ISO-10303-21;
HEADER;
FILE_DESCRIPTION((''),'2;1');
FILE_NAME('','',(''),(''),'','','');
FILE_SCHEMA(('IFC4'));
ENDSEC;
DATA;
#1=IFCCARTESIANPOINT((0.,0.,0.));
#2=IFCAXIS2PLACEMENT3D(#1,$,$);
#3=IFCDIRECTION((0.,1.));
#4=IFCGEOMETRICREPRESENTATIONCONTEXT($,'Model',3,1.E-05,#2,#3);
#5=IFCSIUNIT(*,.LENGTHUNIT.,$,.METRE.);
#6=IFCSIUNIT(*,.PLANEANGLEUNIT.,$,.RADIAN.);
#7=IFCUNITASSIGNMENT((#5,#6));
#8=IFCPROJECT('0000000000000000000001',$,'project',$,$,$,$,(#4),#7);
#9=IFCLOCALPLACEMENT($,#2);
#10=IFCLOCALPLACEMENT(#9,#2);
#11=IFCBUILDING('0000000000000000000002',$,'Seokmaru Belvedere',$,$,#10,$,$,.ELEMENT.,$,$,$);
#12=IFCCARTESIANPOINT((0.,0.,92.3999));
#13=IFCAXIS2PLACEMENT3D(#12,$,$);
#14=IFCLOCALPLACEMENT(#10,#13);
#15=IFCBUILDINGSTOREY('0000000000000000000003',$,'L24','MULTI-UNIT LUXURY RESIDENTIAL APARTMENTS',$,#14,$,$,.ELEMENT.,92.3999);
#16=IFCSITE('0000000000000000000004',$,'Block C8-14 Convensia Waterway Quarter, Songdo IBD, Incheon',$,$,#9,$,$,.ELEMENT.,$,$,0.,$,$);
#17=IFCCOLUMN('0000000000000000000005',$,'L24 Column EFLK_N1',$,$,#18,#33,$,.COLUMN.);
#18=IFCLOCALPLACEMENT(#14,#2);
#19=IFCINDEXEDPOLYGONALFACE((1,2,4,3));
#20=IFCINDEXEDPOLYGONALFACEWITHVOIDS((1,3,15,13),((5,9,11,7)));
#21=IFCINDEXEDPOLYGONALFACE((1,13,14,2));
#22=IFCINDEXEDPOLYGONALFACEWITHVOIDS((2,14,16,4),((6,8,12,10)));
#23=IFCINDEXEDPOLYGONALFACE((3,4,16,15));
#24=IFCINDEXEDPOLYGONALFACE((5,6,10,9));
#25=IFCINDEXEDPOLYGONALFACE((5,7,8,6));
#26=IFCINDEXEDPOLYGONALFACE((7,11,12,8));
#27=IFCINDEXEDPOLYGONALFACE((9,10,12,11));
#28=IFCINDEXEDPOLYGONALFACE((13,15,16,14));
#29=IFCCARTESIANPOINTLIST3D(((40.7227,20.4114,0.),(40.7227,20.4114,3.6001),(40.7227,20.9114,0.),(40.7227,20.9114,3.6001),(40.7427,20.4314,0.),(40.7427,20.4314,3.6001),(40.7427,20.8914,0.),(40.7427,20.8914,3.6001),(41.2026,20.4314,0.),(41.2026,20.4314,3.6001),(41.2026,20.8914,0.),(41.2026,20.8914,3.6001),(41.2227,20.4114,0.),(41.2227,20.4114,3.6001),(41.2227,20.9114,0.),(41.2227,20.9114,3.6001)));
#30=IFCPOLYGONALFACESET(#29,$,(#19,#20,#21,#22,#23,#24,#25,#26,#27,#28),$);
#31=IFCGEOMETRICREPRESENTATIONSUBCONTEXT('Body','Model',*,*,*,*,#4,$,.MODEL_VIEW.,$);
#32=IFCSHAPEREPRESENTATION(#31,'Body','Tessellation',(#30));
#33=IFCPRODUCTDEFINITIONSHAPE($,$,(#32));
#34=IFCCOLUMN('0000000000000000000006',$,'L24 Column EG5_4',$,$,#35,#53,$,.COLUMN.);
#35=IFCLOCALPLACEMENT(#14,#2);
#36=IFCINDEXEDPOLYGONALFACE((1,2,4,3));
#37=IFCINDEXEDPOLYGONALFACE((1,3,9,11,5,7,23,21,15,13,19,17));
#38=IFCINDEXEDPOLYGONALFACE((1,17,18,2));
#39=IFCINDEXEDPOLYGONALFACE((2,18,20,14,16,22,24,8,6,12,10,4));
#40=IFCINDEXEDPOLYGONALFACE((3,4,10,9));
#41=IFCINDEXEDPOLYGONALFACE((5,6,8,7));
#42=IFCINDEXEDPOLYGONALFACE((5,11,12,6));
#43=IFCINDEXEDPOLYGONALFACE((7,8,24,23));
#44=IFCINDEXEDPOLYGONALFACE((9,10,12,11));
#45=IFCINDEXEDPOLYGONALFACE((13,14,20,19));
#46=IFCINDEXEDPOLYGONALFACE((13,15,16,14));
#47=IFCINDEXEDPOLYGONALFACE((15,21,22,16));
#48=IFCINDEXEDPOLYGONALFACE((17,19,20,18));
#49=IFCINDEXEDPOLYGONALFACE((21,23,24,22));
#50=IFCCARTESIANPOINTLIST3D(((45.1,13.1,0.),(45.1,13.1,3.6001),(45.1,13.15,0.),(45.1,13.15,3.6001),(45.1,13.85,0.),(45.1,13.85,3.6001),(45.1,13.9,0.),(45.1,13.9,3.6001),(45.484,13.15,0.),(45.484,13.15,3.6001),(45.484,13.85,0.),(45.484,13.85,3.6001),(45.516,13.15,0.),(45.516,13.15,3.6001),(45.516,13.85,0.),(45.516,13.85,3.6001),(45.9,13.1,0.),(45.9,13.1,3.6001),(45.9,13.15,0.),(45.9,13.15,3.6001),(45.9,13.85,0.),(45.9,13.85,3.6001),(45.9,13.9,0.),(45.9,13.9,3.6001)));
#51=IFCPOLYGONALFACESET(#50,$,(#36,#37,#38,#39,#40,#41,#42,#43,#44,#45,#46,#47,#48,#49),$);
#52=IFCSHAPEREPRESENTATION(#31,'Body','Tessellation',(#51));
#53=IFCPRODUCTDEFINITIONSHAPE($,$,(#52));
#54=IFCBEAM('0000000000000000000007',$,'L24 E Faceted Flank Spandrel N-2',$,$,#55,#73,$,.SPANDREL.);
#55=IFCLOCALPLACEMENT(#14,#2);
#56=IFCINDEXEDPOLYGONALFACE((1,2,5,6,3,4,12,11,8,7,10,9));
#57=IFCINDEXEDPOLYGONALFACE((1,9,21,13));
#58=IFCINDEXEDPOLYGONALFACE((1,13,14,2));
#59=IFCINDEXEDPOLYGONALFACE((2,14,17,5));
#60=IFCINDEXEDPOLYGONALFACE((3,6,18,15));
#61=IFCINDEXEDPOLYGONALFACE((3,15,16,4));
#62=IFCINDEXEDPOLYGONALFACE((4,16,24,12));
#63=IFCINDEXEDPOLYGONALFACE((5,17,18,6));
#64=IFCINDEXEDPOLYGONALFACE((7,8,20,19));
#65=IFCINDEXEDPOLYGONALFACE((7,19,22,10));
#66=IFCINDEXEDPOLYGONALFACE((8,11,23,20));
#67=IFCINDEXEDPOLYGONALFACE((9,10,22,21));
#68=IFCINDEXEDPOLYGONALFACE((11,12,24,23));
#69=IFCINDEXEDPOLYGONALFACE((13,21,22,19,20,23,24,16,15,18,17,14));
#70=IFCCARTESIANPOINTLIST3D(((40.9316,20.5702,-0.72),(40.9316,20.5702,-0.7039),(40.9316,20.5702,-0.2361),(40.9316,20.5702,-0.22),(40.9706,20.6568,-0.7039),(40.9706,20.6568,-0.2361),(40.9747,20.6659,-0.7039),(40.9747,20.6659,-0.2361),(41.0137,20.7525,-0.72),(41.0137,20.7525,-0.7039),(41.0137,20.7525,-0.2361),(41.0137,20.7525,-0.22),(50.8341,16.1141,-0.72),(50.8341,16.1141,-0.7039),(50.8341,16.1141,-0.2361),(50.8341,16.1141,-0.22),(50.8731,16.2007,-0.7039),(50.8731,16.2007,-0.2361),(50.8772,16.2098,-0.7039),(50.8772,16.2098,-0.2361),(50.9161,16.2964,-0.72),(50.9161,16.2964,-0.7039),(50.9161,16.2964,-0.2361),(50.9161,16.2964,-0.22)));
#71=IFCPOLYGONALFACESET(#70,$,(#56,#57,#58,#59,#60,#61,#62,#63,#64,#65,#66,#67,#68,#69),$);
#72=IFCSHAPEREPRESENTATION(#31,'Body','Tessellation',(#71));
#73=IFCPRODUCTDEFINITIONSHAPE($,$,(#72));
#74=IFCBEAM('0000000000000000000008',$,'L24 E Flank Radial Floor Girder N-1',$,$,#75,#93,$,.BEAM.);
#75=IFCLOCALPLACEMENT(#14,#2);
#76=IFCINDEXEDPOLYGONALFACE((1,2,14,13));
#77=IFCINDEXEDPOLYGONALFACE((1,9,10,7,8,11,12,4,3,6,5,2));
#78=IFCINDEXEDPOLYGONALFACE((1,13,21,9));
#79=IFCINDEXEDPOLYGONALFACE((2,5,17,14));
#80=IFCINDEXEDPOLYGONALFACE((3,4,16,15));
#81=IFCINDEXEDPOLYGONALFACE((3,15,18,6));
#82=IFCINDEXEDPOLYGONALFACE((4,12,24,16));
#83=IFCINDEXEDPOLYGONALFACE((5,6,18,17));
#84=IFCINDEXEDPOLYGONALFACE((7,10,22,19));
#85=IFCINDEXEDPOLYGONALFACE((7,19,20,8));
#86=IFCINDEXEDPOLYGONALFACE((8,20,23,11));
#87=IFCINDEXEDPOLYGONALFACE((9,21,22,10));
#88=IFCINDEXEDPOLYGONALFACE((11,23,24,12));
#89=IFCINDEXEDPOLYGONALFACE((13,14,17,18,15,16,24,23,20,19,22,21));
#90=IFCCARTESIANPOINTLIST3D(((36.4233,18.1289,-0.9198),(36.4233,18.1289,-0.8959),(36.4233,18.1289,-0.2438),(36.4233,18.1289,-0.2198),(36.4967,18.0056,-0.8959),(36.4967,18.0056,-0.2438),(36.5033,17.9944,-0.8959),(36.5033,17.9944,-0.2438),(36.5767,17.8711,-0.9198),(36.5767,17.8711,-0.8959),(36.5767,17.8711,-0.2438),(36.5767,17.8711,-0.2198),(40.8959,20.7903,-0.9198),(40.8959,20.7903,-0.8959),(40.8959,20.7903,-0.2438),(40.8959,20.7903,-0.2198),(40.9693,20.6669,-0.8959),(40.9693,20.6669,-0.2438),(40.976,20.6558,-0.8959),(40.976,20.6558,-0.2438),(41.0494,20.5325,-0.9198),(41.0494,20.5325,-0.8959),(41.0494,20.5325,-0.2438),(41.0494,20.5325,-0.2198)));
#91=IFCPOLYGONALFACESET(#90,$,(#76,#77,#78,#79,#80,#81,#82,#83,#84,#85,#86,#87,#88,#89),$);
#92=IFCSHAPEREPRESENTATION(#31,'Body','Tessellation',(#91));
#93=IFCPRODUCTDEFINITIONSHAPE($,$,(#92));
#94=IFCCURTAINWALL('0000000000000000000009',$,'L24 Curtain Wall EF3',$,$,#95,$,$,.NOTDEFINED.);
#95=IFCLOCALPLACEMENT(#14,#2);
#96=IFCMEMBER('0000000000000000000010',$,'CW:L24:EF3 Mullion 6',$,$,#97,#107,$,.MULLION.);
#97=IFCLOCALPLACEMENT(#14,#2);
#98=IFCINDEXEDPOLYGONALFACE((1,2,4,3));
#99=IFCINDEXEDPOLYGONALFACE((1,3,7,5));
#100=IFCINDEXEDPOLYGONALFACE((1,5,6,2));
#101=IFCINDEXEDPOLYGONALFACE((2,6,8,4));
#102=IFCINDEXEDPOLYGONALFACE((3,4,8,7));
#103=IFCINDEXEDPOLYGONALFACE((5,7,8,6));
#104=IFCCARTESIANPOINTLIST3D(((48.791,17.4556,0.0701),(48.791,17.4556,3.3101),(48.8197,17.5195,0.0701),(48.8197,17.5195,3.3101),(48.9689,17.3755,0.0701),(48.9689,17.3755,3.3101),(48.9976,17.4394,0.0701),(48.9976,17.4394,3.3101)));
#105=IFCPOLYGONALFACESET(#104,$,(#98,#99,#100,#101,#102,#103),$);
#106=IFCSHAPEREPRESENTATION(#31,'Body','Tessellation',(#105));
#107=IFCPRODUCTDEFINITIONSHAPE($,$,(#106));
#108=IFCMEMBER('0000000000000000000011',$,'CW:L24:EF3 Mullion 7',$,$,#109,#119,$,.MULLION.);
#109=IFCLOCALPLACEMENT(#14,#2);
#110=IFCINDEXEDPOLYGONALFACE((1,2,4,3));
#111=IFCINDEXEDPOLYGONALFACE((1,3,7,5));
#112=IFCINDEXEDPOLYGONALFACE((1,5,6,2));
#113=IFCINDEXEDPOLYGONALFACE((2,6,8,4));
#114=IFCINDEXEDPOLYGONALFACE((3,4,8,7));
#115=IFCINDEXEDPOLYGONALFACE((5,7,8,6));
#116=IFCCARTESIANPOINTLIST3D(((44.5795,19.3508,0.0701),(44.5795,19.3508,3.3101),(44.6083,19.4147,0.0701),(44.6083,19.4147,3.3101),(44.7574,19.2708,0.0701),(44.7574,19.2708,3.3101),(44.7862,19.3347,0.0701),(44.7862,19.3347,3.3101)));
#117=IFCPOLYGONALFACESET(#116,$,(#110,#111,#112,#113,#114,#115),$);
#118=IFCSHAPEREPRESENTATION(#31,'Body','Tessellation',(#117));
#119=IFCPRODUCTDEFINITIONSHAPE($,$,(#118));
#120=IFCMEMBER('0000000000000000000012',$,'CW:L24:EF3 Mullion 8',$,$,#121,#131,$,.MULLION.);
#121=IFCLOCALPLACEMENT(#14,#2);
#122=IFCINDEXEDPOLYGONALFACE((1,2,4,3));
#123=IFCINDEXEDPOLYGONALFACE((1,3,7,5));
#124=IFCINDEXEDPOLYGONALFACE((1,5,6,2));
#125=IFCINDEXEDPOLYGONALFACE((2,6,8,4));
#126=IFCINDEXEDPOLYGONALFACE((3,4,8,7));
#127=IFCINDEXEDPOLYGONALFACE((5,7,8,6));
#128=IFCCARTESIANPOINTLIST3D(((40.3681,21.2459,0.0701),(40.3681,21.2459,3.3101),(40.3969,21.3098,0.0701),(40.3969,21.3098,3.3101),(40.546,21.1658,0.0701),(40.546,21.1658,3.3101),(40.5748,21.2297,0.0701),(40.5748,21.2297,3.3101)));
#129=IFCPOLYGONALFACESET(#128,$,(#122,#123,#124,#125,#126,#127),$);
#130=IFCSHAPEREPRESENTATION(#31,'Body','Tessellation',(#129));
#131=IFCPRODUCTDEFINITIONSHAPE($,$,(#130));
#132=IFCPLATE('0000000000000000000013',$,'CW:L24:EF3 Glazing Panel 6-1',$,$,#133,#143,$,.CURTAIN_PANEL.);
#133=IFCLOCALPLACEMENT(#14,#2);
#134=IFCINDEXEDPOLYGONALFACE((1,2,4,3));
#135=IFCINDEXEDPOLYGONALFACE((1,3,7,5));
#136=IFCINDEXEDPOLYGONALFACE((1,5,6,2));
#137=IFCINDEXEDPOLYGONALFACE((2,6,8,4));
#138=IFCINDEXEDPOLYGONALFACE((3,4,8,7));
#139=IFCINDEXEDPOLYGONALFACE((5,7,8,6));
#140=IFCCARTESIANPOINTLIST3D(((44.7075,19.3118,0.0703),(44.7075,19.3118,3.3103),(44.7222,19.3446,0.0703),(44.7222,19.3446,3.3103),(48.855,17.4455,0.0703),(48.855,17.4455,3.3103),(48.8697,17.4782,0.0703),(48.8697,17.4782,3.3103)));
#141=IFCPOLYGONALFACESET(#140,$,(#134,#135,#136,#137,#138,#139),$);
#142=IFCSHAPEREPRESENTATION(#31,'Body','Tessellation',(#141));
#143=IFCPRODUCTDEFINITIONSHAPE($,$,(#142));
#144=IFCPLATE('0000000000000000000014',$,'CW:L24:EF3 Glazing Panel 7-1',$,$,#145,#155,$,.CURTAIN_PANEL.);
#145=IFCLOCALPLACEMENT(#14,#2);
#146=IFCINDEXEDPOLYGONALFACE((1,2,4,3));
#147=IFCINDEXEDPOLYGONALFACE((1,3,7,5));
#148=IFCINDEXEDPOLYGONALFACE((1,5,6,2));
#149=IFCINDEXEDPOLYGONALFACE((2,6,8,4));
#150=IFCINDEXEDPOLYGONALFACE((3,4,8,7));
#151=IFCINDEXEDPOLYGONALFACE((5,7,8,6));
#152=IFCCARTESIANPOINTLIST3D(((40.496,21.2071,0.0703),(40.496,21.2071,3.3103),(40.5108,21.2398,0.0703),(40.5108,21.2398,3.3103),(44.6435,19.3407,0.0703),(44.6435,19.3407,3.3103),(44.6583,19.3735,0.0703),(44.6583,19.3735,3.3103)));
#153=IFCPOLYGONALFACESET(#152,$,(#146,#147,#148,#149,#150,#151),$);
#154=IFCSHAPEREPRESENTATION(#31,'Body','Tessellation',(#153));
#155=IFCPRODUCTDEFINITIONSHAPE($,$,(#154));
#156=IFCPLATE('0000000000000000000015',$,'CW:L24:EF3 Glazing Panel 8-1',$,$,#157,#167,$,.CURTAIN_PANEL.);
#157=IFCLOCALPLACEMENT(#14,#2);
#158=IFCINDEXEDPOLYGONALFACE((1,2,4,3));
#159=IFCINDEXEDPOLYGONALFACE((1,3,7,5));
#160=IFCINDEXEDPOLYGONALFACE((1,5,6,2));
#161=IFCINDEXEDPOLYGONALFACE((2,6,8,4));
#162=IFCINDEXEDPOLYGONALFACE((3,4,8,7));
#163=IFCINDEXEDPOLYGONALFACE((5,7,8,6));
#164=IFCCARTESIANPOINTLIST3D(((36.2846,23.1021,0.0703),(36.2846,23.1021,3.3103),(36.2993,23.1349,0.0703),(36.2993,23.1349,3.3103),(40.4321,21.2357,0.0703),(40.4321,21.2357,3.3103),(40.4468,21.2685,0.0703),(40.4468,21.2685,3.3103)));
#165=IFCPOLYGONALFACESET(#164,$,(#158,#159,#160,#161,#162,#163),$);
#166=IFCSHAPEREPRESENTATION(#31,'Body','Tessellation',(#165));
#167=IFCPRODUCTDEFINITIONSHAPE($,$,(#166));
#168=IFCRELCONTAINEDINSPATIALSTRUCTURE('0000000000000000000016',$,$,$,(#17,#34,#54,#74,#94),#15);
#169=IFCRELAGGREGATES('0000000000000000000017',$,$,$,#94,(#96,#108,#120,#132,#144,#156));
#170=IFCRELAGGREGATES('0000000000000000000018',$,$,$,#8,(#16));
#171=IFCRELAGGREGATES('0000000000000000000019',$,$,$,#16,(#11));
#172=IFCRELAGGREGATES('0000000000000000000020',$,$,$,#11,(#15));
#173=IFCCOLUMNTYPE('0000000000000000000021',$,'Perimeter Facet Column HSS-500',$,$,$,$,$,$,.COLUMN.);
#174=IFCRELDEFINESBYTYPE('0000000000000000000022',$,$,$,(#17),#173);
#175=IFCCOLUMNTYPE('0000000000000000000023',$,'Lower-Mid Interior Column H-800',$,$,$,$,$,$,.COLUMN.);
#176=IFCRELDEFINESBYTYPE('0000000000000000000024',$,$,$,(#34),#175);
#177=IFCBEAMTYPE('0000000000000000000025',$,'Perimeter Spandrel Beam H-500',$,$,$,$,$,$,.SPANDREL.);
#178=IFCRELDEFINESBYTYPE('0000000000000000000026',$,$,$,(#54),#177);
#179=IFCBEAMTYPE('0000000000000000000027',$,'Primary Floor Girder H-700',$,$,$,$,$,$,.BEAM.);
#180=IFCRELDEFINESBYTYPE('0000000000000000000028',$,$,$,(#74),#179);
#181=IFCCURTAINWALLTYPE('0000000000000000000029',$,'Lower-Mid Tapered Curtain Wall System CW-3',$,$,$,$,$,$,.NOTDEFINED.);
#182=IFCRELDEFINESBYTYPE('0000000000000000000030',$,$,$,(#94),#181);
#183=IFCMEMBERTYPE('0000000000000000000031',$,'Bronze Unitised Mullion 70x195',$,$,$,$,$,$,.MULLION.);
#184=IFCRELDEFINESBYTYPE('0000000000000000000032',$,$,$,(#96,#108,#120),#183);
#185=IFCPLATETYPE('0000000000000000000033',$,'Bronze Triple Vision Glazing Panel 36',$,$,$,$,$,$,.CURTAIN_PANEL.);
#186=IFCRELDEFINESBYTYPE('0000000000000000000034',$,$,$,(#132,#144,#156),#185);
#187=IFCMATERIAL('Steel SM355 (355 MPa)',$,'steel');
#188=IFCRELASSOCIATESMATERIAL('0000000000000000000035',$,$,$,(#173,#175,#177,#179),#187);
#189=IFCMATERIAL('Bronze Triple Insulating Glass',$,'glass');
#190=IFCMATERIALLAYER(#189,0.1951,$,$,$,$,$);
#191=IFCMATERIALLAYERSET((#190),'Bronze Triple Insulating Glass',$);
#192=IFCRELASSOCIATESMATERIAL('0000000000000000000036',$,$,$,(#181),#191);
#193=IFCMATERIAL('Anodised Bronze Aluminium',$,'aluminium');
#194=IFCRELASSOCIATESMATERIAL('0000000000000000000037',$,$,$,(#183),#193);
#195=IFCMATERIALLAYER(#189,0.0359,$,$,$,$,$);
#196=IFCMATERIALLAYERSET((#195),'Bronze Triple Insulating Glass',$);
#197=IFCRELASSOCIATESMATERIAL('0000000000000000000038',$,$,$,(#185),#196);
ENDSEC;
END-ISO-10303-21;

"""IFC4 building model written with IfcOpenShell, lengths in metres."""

from ifc_helpers import new_model, si_unit, direction, frame, origin, origin_2d, place, context, subcontext, project, spatial, rectangle, hollow_rectangle, i_section, extrude, source, transform, mapped, material, layer, layer_set, material_profile, profile_set, type_object, type_shapes, element, aggregate, save


model = new_model("IFC4")

# Units and contexts
model_context = context("Model", 3, precision=1e-05, world=origin(), true_north=direction((0.0, 1.0)))
body_context = subcontext(model_context, "Body", "Model", "MODEL_VIEW")
ifc_project = project(units=[si_unit("LENGTHUNIT", "METRE"), si_unit("PLANEANGLEUNIT", "RADIAN")], contexts=[model_context])

# Site, building, storey
site_placement = place(None, origin())
site = spatial("IfcSite", under=ifc_project, at=site_placement, Name="Block C8-14 Convensia Waterway Quarter, Songdo IBD, Incheon", CompositionType="ELEMENT", RefElevation=0.0)
building_placement = place(site_placement, origin())
building = spatial("IfcBuilding", under=site, at=building_placement, Name="Seokmaru Belvedere", CompositionType="ELEMENT")
storey_placement = place(building_placement, frame((0.0, 0.0, 92.3999)))
storey = spatial("IfcBuildingStorey", under=building, at=storey_placement, Name="L24", Description="MULTI-UNIT LUXURY RESIDENTIAL APARTMENTS", CompositionType="ELEMENT", Elevation=92.3999)

# Columns
ifc_material_1 = material(Name="Steel SM355 (355 MPa)", Category="steel")
ifc_material_profile_1 = material_profile(ifc_material_1, hollow_rectangle(XDim=0.5, YDim=0.5, WallThickness=0.02, at=origin_2d()), Name="HSS-500x500x20")
ifc_profile_set_1 = profile_set([ifc_material_profile_1], Name="Steel SM355 (355 MPa)")
column_type_1 = type_object("IfcColumnType", Name="Perimeter Facet Column HSS-500", PredefinedType="COLUMN", material=ifc_profile_set_1)
shared_shape_1 = source(origin(), body_context, "Body", "SweptSolid", [
    extrude(hollow_rectangle(XDim=0.5, YDim=0.5, WallThickness=0.02, at=origin_2d()), origin(), (0.0, 0.0, 1.0), 3.6001),
])
type_shapes(column_type_1, [shared_shape_1])
column_1_placement = place(storey_placement, frame((40.9727, 20.6614, 0.0), z_axis=(0.0, 0.0, 1.0), x_axis=(1.0, 0.0, 0.0)))
element("IfcColumn", 1, at=column_1_placement, inside=storey, type_object=column_type_1, Name="L24 Column EFLK_N1", PredefinedType="COLUMN", context=body_context, shape_type="MappedRepresentation", body=[
    mapped(shared_shape_1, transform((0.0, 0.0, 0.0), scale=1.0)),
])
ifc_material_profile_2 = material_profile(ifc_material_1, i_section(OverallWidth=0.8, OverallDepth=0.8, WebThickness=0.032, FlangeThickness=0.05, at=origin_2d()), Name="H-800x800x32x50")
ifc_profile_set_2 = profile_set([ifc_material_profile_2], Name="Steel SM355 (355 MPa)")
column_type_2 = type_object("IfcColumnType", Name="Lower-Mid Interior Column H-800", PredefinedType="COLUMN", material=ifc_profile_set_2)
shared_shape_2 = source(origin(), body_context, "Body", "SweptSolid", [
    extrude(i_section(OverallWidth=0.8, OverallDepth=0.8, WebThickness=0.032, FlangeThickness=0.05, at=origin_2d()), origin(), (0.0, 0.0, 1.0), 3.6001),
])
type_shapes(column_type_2, [shared_shape_2])
column_2_placement = place(storey_placement, frame((45.5, 13.5, 0.0), z_axis=(0.0, 0.0, 1.0), x_axis=(1.0, 0.0, 0.0)))
element("IfcColumn", 2, at=column_2_placement, inside=storey, type_object=column_type_2, Name="L24 Column EG5_4", PredefinedType="COLUMN", context=body_context, shape_type="MappedRepresentation", body=[
    mapped(shared_shape_2, transform((0.0, 0.0, 0.0), scale=1.0)),
])

# Beams
ifc_material_profile_3 = material_profile(ifc_material_1, i_section(OverallWidth=0.2, OverallDepth=0.5, WebThickness=0.01, FlangeThickness=0.0161, at=origin_2d()), Name="H-500x200x10x16")
ifc_profile_set_3 = profile_set([ifc_material_profile_3], Name="Steel SM355 (355 MPa)")
beam_type_1 = type_object("IfcBeamType", Name="Perimeter Spandrel Beam H-500", PredefinedType="SPANDREL", material=ifc_profile_set_3)
shared_shape_3 = source(origin(), body_context, "Body", "SweptSolid", [
    extrude(i_section(OverallWidth=0.2, OverallDepth=0.5, WebThickness=0.01, FlangeThickness=0.0161, at=origin_2d()), origin(), (0.0, 0.0, 1.0), 10.8589),
])
type_shapes(beam_type_1, [shared_shape_3])
beam_1_placement = place(storey_placement, frame((40.9727, 20.6614, -0.47), z_axis=(0.911922, -0.410365, 0.0), x_axis=(0.410365, 0.911922, 0.0)))
element("IfcBeam", 3, at=beam_1_placement, inside=storey, type_object=beam_type_1, Name="L24 E Faceted Flank Spandrel N-2", PredefinedType="SPANDREL", context=body_context, shape_type="MappedRepresentation", body=[
    mapped(shared_shape_3, transform((0.0, 0.0, 0.0), scale=1.0)),
])
ifc_material_profile_4 = material_profile(ifc_material_1, i_section(OverallWidth=0.3, OverallDepth=0.7, WebThickness=0.0129, FlangeThickness=0.0239, at=origin_2d()), Name="H-700x300x13x24")
ifc_profile_set_4 = profile_set([ifc_material_profile_4], Name="Steel SM355 (355 MPa)")
beam_type_2 = type_object("IfcBeamType", Name="Primary Floor Girder H-700", PredefinedType="BEAM", material=ifc_profile_set_4)
shared_shape_4 = source(origin(), body_context, "Body", "SweptSolid", [
    extrude(i_section(OverallWidth=0.3, OverallDepth=0.7, WebThickness=0.0129, FlangeThickness=0.0239, at=origin_2d()), origin(), (0.0, 0.0, 1.0), 5.2046),
])
type_shapes(beam_type_2, [shared_shape_4])
beam_2_placement = place(storey_placement, frame((40.9727, 20.6614, -0.5698), z_axis=(-0.85937, -0.511354, 0.0), x_axis=(0.511354, -0.85937, 0.0)))
element("IfcBeam", 4, at=beam_2_placement, inside=storey, type_object=beam_type_2, Name="L24 E Flank Radial Floor Girder N-1", PredefinedType="BEAM", context=body_context, shape_type="MappedRepresentation", body=[
    mapped(shared_shape_4, transform((0.0, 0.0, 0.0), scale=1.0)),
])

# Curtain wall, members, plates
ifc_material_2 = material(Name="Bronze Triple Insulating Glass", Category="glass")
ifc_layer_1 = layer(ifc_material_2, 0.1951)
ifc_layer_set_1 = layer_set([ifc_layer_1], Name="Bronze Triple Insulating Glass")
curtain_wall_type = type_object("IfcCurtainWallType", Name="Lower-Mid Tapered Curtain Wall System CW-3", PredefinedType="NOTDEFINED", material=ifc_layer_set_1)
curtain_wall_placement = place(storey_placement, origin())
curtain_wall = element("IfcCurtainWall", 5, at=curtain_wall_placement, inside=storey, type_object=curtain_wall_type, Name="L24 Curtain Wall EF3", PredefinedType="NOTDEFINED")
ifc_material_3 = material(Name="Anodised Bronze Aluminium", Category="aluminium")
ifc_material_profile_5 = material_profile(ifc_material_3, rectangle(XDim=0.0701, YDim=0.1951, at=origin_2d()), Name="CW-M-70x195")
ifc_profile_set_5 = profile_set([ifc_material_profile_5], Name="Anodised Bronze Aluminium")
member_type = type_object("IfcMemberType", Name="Bronze Unitised Mullion 70x195", PredefinedType="MULLION", material=ifc_profile_set_5)
shared_shape_5 = source(origin(), body_context, "Body", "SweptSolid", [
    extrude(rectangle(XDim=0.0701, YDim=0.1951, at=origin_2d()), origin(), (0.0, 0.0, 1.0), 3.24),
])
type_shapes(member_type, [shared_shape_5])
member_1_placement = place(storey_placement, frame((48.8943, 17.4475, 0.0701), z_axis=(0.0, 0.0, 1.0), x_axis=(-0.410366, -0.911921, 0.0)))
member_1 = element("IfcMember", 6, at=member_1_placement, type_object=member_type, Name="CW:L24:EF3 Mullion 6", PredefinedType="MULLION", context=body_context, shape_type="MappedRepresentation", body=[
    mapped(shared_shape_5, transform((0.0, 0.0, 0.0), scale=1.0)),
])
member_2_placement = place(storey_placement, frame((44.6829, 19.3428, 0.0701), z_axis=(0.0, 0.0, 1.0), x_axis=(-0.410366, -0.911921, 0.0)))
member_2 = element("IfcMember", 7, at=member_2_placement, type_object=member_type, Name="CW:L24:EF3 Mullion 7", PredefinedType="MULLION", context=body_context, shape_type="MappedRepresentation", body=[
    mapped(shared_shape_5, transform((0.0, 0.0, 0.0), scale=1.0)),
])
member_3_placement = place(storey_placement, frame((40.4714, 21.2378, 0.0701), z_axis=(0.0, 0.0, 1.0), x_axis=(-0.410366, -0.911921, 0.0)))
member_3 = element("IfcMember", 8, at=member_3_placement, type_object=member_type, Name="CW:L24:EF3 Mullion 8", PredefinedType="MULLION", context=body_context, shape_type="MappedRepresentation", body=[
    mapped(shared_shape_5, transform((0.0, 0.0, 0.0), scale=1.0)),
])
ifc_layer_2 = layer(ifc_material_2, 0.0359)
ifc_layer_set_2 = layer_set([ifc_layer_2], Name="Bronze Triple Insulating Glass")
plate_type = type_object("IfcPlateType", Name="Bronze Triple Vision Glazing Panel 36", PredefinedType="CURTAIN_PANEL", material=ifc_layer_set_2)
shared_shape_6 = source(origin(), body_context, "Body", "SweptSolid", [
    extrude(rectangle(XDim=4.5481, YDim=0.0359, at=origin_2d()), origin(), (0.0, 0.0, 1.0), 3.24),
])
type_shapes(plate_type, [shared_shape_6])
plate_1_placement = place(storey_placement, frame((46.7886, 18.395, 0.0703), z_axis=(0.0, 0.0, 1.0), x_axis=(-0.911921, 0.410366, 0.0)))
plate_1 = element("IfcPlate", 9, at=plate_1_placement, type_object=plate_type, Name="CW:L24:EF3 Glazing Panel 6-1", PredefinedType="CURTAIN_PANEL", context=body_context, shape_type="MappedRepresentation", body=[
    mapped(shared_shape_6, transform((0.0, 0.0, 0.0), scale=1.0)),
])
plate_2_placement = place(storey_placement, frame((42.5771, 20.2903, 0.0703), z_axis=(0.0, 0.0, 1.0), x_axis=(-0.911921, 0.410366, 0.0)))
plate_2 = element("IfcPlate", 10, at=plate_2_placement, type_object=plate_type, Name="CW:L24:EF3 Glazing Panel 7-1", PredefinedType="CURTAIN_PANEL", context=body_context, shape_type="MappedRepresentation", body=[
    mapped(shared_shape_6, transform((0.0, 0.0, 0.0), scale=1.0)),
])
plate_3_placement = place(storey_placement, frame((38.3657, 22.1853, 0.0703), z_axis=(0.0, 0.0, 1.0), x_axis=(-0.911921, 0.410366, 0.0)))
plate_3 = element("IfcPlate", 11, at=plate_3_placement, type_object=plate_type, Name="CW:L24:EF3 Glazing Panel 8-1", PredefinedType="CURTAIN_PANEL", context=body_context, shape_type="MappedRepresentation", body=[
    mapped(shared_shape_6, transform((0.0, 0.0, 0.0), scale=1.0)),
])
aggregate(curtain_wall, [member_1, member_2, member_3, plate_1, plate_2, plate_3])

save(model, "model.ifc")
